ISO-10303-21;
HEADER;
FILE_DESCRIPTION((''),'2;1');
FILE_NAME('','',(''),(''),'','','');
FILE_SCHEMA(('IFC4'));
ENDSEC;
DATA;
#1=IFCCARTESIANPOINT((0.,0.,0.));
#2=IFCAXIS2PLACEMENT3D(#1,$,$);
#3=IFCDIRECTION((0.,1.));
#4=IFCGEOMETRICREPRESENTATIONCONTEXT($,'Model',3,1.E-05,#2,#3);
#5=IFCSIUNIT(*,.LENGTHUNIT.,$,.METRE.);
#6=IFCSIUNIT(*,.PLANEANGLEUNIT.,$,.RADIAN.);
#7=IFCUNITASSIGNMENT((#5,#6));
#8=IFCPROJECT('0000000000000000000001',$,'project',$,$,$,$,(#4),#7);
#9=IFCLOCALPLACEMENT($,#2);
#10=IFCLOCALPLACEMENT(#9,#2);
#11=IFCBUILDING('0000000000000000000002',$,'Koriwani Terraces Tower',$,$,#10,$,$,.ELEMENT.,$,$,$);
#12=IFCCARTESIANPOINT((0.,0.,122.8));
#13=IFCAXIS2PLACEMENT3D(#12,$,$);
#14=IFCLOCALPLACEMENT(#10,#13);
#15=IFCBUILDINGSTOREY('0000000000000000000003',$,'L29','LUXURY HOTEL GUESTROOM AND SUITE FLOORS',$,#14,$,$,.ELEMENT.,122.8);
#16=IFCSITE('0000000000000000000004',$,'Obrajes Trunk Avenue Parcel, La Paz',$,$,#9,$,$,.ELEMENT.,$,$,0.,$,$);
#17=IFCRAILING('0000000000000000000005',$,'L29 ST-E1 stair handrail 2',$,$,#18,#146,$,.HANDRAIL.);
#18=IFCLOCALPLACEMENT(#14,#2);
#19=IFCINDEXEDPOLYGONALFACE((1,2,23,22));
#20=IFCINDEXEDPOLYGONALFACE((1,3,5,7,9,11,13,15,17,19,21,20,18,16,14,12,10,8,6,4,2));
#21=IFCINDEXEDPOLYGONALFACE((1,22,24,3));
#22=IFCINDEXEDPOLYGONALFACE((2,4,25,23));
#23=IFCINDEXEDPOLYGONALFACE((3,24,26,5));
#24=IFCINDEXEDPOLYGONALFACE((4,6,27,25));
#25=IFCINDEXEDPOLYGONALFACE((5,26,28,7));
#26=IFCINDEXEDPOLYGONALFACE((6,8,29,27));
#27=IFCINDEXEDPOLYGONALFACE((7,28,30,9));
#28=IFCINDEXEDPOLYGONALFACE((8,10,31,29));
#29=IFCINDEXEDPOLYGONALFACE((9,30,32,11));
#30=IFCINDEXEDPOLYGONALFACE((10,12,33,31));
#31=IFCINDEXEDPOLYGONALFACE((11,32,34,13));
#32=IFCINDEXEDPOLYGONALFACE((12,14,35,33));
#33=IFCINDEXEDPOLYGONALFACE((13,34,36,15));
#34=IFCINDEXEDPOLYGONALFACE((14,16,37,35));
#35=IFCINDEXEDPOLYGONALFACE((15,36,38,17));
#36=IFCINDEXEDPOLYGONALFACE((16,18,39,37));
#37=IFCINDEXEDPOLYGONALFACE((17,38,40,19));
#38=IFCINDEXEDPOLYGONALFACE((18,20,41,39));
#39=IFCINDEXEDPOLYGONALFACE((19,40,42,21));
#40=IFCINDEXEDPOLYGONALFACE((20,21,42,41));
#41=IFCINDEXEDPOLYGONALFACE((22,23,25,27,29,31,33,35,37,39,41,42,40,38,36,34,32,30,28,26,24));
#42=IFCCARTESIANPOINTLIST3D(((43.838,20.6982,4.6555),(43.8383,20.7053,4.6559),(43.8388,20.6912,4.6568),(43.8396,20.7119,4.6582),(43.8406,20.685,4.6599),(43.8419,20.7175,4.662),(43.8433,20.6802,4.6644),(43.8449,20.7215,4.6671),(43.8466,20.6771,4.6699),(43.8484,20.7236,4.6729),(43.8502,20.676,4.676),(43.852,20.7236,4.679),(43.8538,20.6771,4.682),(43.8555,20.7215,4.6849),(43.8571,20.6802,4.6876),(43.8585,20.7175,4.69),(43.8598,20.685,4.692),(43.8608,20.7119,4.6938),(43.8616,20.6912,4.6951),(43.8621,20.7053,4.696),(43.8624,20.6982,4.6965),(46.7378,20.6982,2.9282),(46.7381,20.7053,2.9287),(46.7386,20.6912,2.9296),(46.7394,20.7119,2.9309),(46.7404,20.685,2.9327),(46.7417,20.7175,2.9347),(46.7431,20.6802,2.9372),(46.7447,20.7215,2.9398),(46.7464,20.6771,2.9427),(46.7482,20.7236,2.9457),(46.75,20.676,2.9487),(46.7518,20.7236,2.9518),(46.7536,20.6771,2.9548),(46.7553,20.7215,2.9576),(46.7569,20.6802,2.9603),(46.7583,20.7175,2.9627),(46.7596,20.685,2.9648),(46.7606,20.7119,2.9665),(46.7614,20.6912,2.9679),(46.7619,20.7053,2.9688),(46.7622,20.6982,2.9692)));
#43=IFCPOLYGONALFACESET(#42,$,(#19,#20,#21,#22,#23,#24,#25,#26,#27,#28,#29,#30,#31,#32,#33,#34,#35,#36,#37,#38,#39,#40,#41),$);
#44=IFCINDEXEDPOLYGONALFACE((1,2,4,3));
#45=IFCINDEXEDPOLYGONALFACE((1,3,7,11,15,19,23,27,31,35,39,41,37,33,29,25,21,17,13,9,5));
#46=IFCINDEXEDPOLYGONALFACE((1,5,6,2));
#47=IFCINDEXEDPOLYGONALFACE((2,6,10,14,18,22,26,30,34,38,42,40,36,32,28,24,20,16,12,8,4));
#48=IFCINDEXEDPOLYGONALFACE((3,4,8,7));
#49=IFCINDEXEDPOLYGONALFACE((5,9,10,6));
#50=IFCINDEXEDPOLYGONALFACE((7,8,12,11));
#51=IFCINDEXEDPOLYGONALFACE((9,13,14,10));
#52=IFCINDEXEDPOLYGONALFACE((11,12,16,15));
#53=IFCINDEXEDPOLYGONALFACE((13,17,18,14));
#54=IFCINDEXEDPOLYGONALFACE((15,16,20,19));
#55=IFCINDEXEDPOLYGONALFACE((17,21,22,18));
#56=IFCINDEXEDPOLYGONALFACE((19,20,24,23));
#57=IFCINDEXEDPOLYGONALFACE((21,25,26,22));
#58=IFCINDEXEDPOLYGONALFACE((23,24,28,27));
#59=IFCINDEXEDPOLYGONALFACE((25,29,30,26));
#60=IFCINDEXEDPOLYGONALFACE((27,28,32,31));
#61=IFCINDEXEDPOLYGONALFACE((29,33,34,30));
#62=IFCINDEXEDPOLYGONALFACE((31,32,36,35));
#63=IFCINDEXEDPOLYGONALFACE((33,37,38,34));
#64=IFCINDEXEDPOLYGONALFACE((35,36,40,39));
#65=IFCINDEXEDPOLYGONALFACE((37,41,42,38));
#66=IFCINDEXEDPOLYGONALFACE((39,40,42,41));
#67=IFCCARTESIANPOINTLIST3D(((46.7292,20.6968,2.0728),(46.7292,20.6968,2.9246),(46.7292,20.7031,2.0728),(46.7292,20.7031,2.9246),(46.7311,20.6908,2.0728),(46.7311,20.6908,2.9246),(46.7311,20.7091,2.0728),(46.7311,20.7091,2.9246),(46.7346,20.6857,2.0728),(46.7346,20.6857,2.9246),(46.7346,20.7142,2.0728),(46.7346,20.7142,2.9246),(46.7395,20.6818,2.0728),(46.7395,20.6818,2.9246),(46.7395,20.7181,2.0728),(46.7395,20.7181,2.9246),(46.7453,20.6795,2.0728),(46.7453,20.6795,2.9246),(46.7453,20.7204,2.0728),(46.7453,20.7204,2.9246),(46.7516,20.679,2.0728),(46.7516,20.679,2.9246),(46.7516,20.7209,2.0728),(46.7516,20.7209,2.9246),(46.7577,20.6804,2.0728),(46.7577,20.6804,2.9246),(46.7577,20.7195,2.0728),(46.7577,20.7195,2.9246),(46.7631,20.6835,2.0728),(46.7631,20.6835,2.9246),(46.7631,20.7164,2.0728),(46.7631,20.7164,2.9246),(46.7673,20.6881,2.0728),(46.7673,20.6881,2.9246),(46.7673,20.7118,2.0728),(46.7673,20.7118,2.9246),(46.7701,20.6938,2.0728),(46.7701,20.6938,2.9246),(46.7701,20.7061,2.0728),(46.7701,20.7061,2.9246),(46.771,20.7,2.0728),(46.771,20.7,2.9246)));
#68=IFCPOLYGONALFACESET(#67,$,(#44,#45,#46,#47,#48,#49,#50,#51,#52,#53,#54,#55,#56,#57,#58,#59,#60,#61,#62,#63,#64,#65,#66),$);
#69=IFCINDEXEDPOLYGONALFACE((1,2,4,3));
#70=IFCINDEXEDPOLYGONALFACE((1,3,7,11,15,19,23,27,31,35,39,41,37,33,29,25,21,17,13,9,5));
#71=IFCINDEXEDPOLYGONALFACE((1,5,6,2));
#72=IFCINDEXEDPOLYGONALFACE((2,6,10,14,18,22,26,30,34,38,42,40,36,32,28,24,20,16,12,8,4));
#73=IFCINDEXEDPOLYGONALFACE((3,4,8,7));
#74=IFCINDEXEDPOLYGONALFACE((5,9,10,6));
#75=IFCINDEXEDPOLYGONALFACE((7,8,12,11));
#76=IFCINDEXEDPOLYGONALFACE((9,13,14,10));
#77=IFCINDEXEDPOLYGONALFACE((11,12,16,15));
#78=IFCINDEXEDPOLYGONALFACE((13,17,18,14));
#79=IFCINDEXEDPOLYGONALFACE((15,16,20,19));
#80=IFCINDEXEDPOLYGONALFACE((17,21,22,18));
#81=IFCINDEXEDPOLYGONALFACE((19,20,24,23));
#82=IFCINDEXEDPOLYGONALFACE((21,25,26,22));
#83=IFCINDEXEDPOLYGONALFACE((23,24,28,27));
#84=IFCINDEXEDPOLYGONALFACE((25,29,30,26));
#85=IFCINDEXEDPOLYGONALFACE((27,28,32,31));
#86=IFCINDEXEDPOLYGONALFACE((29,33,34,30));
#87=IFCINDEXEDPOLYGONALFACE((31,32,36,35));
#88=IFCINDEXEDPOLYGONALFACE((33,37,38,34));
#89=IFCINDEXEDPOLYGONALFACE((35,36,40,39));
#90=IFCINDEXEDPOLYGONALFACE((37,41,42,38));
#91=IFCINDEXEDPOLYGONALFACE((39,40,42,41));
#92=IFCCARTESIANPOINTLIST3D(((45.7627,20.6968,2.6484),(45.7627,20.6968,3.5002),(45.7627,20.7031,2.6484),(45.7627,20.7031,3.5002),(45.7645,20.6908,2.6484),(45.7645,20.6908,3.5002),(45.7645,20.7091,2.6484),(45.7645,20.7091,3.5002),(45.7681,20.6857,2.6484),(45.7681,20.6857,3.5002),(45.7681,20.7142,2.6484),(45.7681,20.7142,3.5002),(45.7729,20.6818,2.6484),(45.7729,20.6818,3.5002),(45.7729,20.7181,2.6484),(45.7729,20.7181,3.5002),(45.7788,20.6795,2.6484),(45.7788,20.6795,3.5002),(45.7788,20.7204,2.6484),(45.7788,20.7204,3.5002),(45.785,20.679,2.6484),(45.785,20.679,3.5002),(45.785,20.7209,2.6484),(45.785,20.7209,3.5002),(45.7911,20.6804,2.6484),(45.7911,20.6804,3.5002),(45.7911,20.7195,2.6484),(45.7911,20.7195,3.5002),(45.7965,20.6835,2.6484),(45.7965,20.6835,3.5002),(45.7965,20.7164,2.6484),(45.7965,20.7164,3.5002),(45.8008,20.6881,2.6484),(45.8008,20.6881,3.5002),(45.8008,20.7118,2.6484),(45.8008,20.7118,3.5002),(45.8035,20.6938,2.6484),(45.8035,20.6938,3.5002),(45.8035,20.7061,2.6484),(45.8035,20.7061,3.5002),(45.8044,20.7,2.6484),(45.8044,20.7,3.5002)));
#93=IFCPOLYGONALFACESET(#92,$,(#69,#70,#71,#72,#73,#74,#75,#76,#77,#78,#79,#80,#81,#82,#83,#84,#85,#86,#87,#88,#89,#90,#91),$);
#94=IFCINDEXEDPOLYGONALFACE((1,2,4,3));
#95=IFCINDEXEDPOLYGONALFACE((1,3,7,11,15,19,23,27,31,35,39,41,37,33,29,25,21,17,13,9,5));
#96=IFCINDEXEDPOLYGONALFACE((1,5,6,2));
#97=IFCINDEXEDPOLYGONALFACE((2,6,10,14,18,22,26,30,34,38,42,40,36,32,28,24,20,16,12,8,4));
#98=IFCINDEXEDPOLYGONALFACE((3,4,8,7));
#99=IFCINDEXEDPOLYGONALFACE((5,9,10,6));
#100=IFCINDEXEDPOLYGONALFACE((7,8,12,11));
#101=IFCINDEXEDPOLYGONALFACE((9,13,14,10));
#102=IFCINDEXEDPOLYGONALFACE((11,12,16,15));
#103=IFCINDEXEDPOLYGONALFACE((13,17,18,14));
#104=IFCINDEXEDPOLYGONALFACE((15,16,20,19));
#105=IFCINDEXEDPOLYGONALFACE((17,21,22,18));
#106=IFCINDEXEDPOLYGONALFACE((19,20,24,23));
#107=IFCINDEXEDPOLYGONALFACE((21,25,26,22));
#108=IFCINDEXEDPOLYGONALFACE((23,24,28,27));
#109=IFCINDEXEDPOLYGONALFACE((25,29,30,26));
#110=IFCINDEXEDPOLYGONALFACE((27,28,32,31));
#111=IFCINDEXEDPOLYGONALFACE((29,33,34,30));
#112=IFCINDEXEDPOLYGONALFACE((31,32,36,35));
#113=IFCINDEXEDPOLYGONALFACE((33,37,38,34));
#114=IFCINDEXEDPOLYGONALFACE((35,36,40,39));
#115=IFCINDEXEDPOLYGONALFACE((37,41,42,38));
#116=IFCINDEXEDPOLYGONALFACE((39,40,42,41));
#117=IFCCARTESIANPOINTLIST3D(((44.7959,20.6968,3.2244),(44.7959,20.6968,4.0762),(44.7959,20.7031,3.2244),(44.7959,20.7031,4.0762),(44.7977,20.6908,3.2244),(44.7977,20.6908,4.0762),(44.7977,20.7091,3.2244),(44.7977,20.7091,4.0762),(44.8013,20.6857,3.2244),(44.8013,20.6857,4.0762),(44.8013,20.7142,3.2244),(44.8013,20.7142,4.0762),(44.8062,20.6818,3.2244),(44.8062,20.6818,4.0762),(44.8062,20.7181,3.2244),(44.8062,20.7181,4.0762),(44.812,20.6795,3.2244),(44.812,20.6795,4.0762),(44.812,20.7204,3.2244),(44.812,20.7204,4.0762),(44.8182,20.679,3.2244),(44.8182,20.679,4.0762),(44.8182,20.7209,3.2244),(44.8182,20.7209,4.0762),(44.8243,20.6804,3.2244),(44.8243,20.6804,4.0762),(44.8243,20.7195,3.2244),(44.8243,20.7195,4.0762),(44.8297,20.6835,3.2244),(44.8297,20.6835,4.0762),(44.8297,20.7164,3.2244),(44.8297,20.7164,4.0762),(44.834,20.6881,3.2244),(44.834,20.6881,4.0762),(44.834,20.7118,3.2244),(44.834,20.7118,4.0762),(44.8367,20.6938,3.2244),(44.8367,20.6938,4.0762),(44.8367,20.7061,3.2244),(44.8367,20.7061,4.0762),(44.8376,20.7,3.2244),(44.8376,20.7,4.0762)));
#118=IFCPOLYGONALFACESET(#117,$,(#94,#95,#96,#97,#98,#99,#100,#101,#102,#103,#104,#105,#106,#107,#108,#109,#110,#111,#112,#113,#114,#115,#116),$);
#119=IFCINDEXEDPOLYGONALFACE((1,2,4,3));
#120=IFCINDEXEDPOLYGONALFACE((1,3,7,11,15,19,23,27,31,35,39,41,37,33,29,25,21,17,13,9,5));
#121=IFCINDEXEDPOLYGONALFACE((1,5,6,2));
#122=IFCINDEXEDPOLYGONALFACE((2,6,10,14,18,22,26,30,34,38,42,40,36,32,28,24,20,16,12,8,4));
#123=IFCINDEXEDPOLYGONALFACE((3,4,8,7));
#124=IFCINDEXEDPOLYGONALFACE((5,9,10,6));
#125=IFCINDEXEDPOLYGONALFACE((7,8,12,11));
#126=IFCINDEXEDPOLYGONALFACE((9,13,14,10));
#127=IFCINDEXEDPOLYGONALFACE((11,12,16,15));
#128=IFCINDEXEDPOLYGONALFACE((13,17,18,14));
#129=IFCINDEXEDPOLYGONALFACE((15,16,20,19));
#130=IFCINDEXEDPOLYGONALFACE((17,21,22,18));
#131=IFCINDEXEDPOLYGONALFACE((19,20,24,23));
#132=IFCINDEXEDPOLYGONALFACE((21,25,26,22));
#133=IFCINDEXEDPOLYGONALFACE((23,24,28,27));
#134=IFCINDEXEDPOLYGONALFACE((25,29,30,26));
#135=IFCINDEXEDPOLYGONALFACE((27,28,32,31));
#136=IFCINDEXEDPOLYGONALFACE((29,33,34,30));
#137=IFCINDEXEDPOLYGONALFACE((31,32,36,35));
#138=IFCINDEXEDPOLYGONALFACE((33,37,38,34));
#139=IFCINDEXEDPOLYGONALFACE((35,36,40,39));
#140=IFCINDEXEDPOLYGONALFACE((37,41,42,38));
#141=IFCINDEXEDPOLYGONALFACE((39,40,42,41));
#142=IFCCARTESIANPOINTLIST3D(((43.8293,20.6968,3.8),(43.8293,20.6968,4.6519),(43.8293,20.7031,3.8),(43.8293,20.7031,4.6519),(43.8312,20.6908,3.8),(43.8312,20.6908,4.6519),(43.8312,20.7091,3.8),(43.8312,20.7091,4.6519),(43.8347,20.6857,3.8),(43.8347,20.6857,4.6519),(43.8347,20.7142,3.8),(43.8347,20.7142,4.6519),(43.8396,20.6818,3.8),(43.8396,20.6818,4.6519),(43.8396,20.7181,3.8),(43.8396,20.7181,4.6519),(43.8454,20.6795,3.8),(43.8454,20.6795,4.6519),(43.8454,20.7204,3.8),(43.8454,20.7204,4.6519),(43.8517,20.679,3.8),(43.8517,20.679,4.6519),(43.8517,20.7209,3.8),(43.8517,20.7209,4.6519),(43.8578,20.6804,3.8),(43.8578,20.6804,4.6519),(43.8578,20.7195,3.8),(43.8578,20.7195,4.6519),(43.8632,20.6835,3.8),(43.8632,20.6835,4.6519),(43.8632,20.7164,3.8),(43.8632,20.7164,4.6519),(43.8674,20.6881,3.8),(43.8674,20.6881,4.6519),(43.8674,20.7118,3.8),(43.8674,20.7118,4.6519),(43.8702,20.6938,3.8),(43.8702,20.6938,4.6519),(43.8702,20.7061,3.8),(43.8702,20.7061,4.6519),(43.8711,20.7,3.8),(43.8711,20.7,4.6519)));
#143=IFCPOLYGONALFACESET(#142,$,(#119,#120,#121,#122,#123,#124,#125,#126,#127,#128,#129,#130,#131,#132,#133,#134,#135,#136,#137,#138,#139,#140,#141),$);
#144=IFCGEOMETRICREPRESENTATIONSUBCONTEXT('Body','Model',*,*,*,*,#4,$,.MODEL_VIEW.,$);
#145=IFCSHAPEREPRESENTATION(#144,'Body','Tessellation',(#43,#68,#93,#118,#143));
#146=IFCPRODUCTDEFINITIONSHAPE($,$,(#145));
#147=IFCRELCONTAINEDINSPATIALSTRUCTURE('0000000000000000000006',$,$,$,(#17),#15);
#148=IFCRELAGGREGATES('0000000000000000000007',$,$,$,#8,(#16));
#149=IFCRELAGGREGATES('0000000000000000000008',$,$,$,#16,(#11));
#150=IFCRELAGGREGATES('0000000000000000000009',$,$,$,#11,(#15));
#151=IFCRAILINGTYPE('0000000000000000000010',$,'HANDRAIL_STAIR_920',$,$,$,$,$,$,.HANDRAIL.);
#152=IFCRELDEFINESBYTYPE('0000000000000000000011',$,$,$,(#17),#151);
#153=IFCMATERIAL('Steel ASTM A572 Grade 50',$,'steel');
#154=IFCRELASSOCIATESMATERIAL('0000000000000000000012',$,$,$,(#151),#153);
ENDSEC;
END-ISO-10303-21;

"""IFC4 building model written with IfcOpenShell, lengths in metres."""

from ifc_helpers import new_model, si_unit, direction, frame, origin, origin_2d, place, context, subcontext, project, spatial, circle, extrude, material, type_object, element, save


model = new_model("IFC4")

# Units and contexts
model_context = context("Model", 3, precision=1e-05, world=origin(), true_north=direction((0.0, 1.0)))
body_context = subcontext(model_context, "Body", "Model", "MODEL_VIEW")
ifc_project = project(units=[si_unit("LENGTHUNIT", "METRE"), si_unit("PLANEANGLEUNIT", "RADIAN")], contexts=[model_context])

# Site, building, storey
site_placement = place(None, origin())
site = spatial("IfcSite", under=ifc_project, at=site_placement, Name="Obrajes Trunk Avenue Parcel, La Paz", CompositionType="ELEMENT", RefElevation=0.0)
building_placement = place(site_placement, origin())
building = spatial("IfcBuilding", under=site, at=building_placement, Name="Koriwani Terraces Tower", CompositionType="ELEMENT")
storey_placement = place(building_placement, frame((0.0, 0.0, 122.8)))
storey = spatial("IfcBuildingStorey", under=building, at=storey_placement, Name="L29", Description="LUXURY HOTEL GUESTROOM AND SUITE FLOORS", CompositionType="ELEMENT", Elevation=122.8)

# Shared definitions
ifc_material_1 = material(Name="Steel ASTM A572 Grade 50", Category="steel")

# Railing
railing_type_1 = type_object("IfcRailingType", Name="HANDRAIL_STAIR_920", PredefinedType="HANDRAIL", material=ifc_material_1)
railing_1_placement = place(storey_placement, frame((46.75, 20.7, 2.0728)))
element("IfcRailing", 1, at=railing_1_placement, inside=storey, type_object=railing_type_1, Name="L29 ST-E1 stair handrail 2", PredefinedType="HANDRAIL", context=body_context, shape_type="SweptSolid", body=[
    extrude(circle(Radius=0.0239, at=origin_2d()), frame((0.0, 0.0, 0.876), z_axis=(-0.859141, 0.0, 0.511738), x_axis=(0.0, -1.0, 0.0)), (0.0, 0.0, 1.0), 3.3752),
    extrude(circle(Radius=0.021, at=origin_2d()), origin(), (0.0, 0.0, 1.0), 0.8518),
    extrude(circle(Radius=0.021, at=origin_2d()), frame((-0.9666, 0.0, 0.5757)), (0.0, 0.0, 1.0), 0.8518),
    extrude(circle(Radius=0.021, at=origin_2d()), frame((-1.9333, 0.0, 1.1516)), (0.0, 0.0, 1.0), 0.8518),
    extrude(circle(Radius=0.021, at=origin_2d()), frame((-2.8999, 0.0, 1.7273)), (0.0, 0.0, 1.0), 0.8518),
])

save(model, "model.ifc")
